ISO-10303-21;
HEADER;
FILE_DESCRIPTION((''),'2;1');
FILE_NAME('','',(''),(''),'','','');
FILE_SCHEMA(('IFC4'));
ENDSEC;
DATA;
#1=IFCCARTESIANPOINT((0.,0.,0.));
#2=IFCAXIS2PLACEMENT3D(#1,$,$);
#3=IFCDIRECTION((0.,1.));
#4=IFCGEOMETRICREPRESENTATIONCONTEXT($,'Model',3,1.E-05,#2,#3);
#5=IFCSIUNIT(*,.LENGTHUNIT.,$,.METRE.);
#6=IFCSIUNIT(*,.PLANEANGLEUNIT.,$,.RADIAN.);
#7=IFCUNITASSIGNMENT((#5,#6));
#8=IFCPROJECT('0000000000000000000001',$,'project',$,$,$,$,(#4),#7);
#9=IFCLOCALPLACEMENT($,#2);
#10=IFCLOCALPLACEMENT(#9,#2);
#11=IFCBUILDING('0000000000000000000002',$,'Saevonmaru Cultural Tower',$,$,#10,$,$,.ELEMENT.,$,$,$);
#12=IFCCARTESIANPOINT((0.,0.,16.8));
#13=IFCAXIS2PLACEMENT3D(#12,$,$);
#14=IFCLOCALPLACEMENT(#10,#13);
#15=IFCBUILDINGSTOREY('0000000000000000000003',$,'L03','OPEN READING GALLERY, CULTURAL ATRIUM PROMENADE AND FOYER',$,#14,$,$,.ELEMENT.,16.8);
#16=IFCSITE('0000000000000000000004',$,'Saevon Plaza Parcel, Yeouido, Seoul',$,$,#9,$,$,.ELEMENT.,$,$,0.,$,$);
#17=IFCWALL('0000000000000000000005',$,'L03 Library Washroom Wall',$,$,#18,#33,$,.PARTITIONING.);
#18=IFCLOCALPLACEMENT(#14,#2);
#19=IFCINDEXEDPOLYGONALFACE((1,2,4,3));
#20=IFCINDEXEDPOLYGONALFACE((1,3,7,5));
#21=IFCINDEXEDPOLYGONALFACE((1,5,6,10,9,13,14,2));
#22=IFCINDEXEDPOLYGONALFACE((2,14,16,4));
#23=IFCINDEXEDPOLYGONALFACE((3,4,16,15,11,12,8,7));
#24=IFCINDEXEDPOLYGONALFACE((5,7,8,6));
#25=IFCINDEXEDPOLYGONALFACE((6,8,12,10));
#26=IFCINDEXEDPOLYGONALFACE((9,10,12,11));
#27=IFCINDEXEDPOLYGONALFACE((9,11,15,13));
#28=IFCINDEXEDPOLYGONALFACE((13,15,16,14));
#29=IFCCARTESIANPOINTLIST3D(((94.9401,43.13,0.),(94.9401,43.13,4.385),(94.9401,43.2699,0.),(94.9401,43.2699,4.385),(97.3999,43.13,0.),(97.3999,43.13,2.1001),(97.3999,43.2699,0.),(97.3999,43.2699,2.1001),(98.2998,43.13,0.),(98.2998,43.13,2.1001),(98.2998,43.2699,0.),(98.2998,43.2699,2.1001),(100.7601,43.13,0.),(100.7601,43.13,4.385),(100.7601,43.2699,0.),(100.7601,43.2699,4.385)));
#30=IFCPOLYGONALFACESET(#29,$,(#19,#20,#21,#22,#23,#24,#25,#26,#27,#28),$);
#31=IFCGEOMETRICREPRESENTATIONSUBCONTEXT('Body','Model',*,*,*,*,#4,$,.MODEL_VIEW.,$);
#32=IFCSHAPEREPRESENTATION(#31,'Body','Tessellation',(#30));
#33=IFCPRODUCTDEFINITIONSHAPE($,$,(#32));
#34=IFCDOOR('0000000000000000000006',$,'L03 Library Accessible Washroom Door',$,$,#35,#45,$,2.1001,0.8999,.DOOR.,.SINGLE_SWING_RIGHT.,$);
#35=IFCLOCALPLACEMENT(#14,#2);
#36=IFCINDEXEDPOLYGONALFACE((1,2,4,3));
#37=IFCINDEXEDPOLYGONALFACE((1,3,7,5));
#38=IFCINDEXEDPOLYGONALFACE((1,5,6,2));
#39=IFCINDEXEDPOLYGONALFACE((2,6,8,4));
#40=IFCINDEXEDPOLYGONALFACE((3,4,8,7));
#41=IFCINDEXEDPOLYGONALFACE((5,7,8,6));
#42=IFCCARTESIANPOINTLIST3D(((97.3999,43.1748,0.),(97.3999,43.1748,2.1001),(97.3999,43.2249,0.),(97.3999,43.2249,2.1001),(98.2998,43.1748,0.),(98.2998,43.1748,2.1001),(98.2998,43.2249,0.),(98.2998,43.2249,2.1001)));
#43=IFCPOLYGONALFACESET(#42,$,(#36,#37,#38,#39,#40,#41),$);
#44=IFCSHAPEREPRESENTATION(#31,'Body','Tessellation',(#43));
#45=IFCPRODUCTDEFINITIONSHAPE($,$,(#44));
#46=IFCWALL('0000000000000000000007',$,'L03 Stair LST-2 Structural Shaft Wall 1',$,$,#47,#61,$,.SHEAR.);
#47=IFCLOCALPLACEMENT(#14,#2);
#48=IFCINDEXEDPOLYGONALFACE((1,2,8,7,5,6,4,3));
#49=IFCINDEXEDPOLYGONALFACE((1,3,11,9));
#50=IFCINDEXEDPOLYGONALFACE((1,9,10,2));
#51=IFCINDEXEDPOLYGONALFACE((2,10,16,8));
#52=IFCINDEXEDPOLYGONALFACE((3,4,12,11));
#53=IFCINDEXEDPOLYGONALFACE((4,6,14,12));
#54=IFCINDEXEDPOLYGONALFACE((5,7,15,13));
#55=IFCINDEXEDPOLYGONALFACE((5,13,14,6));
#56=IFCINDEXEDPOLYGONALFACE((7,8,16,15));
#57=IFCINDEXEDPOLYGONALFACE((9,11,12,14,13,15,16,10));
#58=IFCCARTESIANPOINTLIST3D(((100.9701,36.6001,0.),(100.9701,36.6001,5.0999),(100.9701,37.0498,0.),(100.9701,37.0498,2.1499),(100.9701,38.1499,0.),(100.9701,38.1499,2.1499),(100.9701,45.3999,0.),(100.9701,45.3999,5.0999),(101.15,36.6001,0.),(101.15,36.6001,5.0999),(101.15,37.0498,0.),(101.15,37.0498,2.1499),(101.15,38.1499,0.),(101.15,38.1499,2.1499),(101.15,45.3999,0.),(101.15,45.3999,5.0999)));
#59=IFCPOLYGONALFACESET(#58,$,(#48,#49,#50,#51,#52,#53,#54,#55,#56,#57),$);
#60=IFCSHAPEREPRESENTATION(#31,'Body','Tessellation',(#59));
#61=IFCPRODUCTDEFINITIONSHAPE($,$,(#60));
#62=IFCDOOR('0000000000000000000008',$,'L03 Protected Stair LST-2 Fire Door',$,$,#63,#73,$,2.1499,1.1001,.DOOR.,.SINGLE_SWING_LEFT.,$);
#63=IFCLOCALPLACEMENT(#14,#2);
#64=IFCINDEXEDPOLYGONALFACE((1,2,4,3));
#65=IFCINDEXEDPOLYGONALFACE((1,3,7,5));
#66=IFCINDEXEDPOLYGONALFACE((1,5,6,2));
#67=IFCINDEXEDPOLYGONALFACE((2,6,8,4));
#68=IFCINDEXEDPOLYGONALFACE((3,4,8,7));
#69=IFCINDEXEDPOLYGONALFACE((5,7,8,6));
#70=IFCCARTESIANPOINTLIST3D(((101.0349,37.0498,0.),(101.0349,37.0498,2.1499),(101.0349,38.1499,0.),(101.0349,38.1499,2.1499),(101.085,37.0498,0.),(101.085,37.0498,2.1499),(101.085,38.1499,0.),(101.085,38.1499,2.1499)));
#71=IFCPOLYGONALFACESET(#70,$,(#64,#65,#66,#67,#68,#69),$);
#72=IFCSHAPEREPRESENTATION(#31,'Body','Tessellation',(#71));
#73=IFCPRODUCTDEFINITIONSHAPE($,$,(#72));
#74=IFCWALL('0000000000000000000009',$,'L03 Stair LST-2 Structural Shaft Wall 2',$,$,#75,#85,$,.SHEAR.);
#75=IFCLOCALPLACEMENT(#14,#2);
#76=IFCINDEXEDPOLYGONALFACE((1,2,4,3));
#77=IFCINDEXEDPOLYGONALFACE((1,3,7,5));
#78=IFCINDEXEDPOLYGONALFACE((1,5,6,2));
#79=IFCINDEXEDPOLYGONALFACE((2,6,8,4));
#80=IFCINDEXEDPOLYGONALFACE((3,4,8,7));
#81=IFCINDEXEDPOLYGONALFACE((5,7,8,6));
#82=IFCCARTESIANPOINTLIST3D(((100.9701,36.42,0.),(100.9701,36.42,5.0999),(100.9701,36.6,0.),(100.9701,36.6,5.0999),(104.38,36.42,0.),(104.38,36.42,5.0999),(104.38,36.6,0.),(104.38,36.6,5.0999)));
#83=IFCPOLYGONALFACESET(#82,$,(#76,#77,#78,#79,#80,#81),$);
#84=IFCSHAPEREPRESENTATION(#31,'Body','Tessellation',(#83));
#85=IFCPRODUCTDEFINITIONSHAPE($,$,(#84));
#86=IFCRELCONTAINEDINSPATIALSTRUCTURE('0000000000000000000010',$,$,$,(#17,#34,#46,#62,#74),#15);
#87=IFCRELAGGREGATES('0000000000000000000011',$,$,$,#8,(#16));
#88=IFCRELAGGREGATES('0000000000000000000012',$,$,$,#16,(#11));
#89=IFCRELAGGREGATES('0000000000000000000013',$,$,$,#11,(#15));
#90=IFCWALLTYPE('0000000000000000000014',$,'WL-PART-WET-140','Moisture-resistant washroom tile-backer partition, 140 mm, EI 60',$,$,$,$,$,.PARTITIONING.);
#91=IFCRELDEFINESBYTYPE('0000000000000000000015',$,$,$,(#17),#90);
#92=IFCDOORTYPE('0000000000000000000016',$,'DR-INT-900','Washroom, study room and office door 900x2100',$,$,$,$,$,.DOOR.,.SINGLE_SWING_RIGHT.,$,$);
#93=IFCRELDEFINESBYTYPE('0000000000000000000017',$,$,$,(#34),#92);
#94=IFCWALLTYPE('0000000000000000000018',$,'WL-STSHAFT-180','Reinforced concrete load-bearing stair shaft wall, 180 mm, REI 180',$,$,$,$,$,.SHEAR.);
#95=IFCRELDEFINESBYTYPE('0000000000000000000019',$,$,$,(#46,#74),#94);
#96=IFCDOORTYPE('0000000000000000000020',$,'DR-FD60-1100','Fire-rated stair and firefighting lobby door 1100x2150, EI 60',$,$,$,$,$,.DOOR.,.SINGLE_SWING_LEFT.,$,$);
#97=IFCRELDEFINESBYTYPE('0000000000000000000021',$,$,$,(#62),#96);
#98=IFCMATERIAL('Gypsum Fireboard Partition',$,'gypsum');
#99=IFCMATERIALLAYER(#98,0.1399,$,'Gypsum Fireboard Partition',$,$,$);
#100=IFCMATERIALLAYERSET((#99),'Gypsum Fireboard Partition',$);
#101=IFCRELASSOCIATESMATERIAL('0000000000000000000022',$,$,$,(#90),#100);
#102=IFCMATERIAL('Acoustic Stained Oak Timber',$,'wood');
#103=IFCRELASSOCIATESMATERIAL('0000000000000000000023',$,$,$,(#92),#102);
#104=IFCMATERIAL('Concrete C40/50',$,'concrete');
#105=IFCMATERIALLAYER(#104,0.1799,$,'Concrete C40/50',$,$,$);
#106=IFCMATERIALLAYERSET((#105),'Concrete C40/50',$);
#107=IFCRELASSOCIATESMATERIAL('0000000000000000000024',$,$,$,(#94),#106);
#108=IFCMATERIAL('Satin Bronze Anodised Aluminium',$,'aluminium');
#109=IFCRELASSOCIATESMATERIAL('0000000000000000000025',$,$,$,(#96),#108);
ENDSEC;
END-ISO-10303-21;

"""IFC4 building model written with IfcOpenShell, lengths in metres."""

from ifc_helpers import new_model, si_unit, direction, frame, frame_2d, origin, place, context, subcontext, project, spatial, rectangle, extrude, material, layer, layer_set, type_object, element, fill, save


model = new_model("IFC4")

# Units and contexts
model_context = context("Model", 3, precision=1e-05, world=origin(), true_north=direction((0.0, 1.0)))
body_context = subcontext(model_context, "Body", "Model", "MODEL_VIEW")
ifc_project = project(units=[si_unit("LENGTHUNIT", "METRE"), si_unit("PLANEANGLEUNIT", "RADIAN")], contexts=[model_context])

# Site, building, storey
site_placement = place(None, origin())
site = spatial("IfcSite", under=ifc_project, at=site_placement, Name="Saevon Plaza Parcel, Yeouido, Seoul", CompositionType="ELEMENT", RefElevation=0.0)
building_placement = place(site_placement, origin())
building = spatial("IfcBuilding", under=site, at=building_placement, Name="Saevonmaru Cultural Tower", CompositionType="ELEMENT")
storey_placement = place(building_placement, frame((0.0, 0.0, 16.8)))
storey = spatial("IfcBuildingStorey", under=building, at=storey_placement, Name="L03", Description="OPEN READING GALLERY, CULTURAL ATRIUM PROMENADE AND FOYER", CompositionType="ELEMENT", Elevation=16.8)

# Shared definitions
ifc_material_1 = material(Name="Gypsum Fireboard Partition", Category="gypsum")
ifc_material_2 = material(Name="Satin Bronze Anodised Aluminium", Category="aluminium")

# Shared definitions
ifc_layer_1 = layer(ifc_material_1, 0.1399, Name="Gypsum Fireboard Partition")
ifc_layer_set_1 = layer_set([ifc_layer_1], Name="Gypsum Fireboard Partition")
wall_type_1 = type_object("IfcWallType", Name="WL-PART-WET-140", Description="Moisture-resistant washroom tile-backer partition, 140 mm, EI 60", PredefinedType="PARTITIONING", material=ifc_layer_set_1)

# Walls, openings, doors
wall_1_placement = place(storey_placement, frame((94.9399, 43.2, 0.0), z_axis=(0.0, 0.0, 1.0), x_axis=(1.0, 0.0, 0.0)))
wall_1 = element("IfcWall", 1, at=wall_1_placement, inside=storey, type_object=wall_type_1, Name="L03 Library Washroom Wall", PredefinedType="PARTITIONING", context=body_context, shape_type="SweptSolid", body=[
    extrude(rectangle(XDim=5.8201, YDim=0.1399, at=frame_2d((2.9102, 0.0))), origin(), (0.0, 0.0, 1.0), 4.385),
])
opening_1_placement = place(wall_1_placement, frame((2.46, 0.0, 0.0)))
opening_1 = element("IfcOpeningElement", 2, at=opening_1_placement, cuts=wall_1, PredefinedType="OPENING", context=body_context, shape_type="SweptSolid", body=[
    extrude(rectangle(XDim=0.8999, YDim=2.1001, at=frame_2d((0.45, 1.05))), frame((0.0, 0.0801, 0.0), z_axis=(0.0, -1.0, 0.0), x_axis=(1.0, 0.0, 0.0)), (0.0, 0.0, 1.0), 0.1599),
])
ifc_material_3 = material(Name="Acoustic Stained Oak Timber", Category="wood")
door_type_1 = type_object("IfcDoorType", Name="DR-INT-900", Description="Washroom, study room and office door 900x2100", OperationType="SINGLE_SWING_RIGHT", PredefinedType="DOOR", material=ifc_material_3)
door_1_placement = place(opening_1_placement, origin())
door_1 = element("IfcDoor", 3, at=door_1_placement, inside=storey, type_object=door_type_1, Name="L03 Library Accessible Washroom Door", OperationType="SINGLE_SWING_RIGHT", OverallHeight=2.1001, OverallWidth=0.8999, PredefinedType="DOOR", context=body_context, shape_type="SweptSolid", body=[
    extrude(rectangle(XDim=0.8999, YDim=2.1001, at=frame_2d((0.45, 1.05))), frame((0.0, 0.0249, 0.0), z_axis=(0.0, -1.0, 0.0), x_axis=(1.0, 0.0, 0.0)), (0.0, 0.0, 1.0), 0.05),
])
fill(opening_1, door_1)
ifc_material_4 = material(Name="Concrete C40/50", Category="concrete")
ifc_layer_2 = layer(ifc_material_4, 0.1799, Name="Concrete C40/50")
ifc_layer_set_2 = layer_set([ifc_layer_2], Name="Concrete C40/50")
wall_type_2 = type_object("IfcWallType", Name="WL-STSHAFT-180", Description="Reinforced concrete load-bearing stair shaft wall, 180 mm, REI 180", PredefinedType="SHEAR", material=ifc_layer_set_2)
wall_2_placement = place(storey_placement, frame((101.0601, 45.3999, 0.0), z_axis=(0.0, 0.0, 1.0), x_axis=(0.0, -1.0, 0.0)))
wall_2 = element("IfcWall", 4, at=wall_2_placement, inside=storey, type_object=wall_type_2, Name="L03 Stair LST-2 Structural Shaft Wall 1", PredefinedType="SHEAR", context=body_context, shape_type="SweptSolid", body=[
    extrude(rectangle(XDim=8.7998, YDim=0.1799, at=frame_2d((4.3999, 0.0))), origin(), (0.0, 0.0, 1.0), 5.0999),
])
opening_2_placement = place(wall_2_placement, frame((7.25, 0.0, 0.0)))
opening_2 = element("IfcOpeningElement", 5, at=opening_2_placement, cuts=wall_2, PredefinedType="OPENING", context=body_context, shape_type="SweptSolid", body=[
    extrude(rectangle(XDim=1.1001, YDim=2.1499, at=frame_2d((0.55, 1.075))), frame((0.0, 0.1001, 0.0), z_axis=(0.0, -1.0, 0.0), x_axis=(1.0, 0.0, 0.0)), (0.0, 0.0, 1.0), 0.2),
])
door_type_2 = type_object("IfcDoorType", Name="DR-FD60-1100", Description="Fire-rated stair and firefighting lobby door 1100x2150, EI 60", OperationType="SINGLE_SWING_LEFT", PredefinedType="DOOR", material=ifc_material_2)
door_2_placement = place(opening_2_placement, origin())
door_2 = element("IfcDoor", 6, at=door_2_placement, inside=storey, type_object=door_type_2, Name="L03 Protected Stair LST-2 Fire Door", OperationType="SINGLE_SWING_LEFT", OverallHeight=2.1499, OverallWidth=1.1001, PredefinedType="DOOR", context=body_context, shape_type="SweptSolid", body=[
    extrude(rectangle(XDim=1.1001, YDim=2.1499, at=frame_2d((0.55, 1.075))), frame((0.0, 0.0249, 0.0), z_axis=(0.0, -1.0, 0.0), x_axis=(1.0, 0.0, 0.0)), (0.0, 0.0, 1.0), 0.05),
])
fill(opening_2, door_2)

# Wall
wall_3_placement = place(storey_placement, frame((100.97, 36.51, 0.0), z_axis=(0.0, 0.0, 1.0), x_axis=(1.0, 0.0, 0.0)))
element("IfcWall", 7, at=wall_3_placement, inside=storey, type_object=wall_type_2, Name="L03 Stair LST-2 Structural Shaft Wall 2", PredefinedType="SHEAR", context=body_context, shape_type="SweptSolid", body=[
    extrude(rectangle(XDim=3.4099, YDim=0.1799, at=frame_2d((1.7051, 0.0))), origin(), (0.0, 0.0, 1.0), 5.0999),
])

save(model, "model.ifc")
